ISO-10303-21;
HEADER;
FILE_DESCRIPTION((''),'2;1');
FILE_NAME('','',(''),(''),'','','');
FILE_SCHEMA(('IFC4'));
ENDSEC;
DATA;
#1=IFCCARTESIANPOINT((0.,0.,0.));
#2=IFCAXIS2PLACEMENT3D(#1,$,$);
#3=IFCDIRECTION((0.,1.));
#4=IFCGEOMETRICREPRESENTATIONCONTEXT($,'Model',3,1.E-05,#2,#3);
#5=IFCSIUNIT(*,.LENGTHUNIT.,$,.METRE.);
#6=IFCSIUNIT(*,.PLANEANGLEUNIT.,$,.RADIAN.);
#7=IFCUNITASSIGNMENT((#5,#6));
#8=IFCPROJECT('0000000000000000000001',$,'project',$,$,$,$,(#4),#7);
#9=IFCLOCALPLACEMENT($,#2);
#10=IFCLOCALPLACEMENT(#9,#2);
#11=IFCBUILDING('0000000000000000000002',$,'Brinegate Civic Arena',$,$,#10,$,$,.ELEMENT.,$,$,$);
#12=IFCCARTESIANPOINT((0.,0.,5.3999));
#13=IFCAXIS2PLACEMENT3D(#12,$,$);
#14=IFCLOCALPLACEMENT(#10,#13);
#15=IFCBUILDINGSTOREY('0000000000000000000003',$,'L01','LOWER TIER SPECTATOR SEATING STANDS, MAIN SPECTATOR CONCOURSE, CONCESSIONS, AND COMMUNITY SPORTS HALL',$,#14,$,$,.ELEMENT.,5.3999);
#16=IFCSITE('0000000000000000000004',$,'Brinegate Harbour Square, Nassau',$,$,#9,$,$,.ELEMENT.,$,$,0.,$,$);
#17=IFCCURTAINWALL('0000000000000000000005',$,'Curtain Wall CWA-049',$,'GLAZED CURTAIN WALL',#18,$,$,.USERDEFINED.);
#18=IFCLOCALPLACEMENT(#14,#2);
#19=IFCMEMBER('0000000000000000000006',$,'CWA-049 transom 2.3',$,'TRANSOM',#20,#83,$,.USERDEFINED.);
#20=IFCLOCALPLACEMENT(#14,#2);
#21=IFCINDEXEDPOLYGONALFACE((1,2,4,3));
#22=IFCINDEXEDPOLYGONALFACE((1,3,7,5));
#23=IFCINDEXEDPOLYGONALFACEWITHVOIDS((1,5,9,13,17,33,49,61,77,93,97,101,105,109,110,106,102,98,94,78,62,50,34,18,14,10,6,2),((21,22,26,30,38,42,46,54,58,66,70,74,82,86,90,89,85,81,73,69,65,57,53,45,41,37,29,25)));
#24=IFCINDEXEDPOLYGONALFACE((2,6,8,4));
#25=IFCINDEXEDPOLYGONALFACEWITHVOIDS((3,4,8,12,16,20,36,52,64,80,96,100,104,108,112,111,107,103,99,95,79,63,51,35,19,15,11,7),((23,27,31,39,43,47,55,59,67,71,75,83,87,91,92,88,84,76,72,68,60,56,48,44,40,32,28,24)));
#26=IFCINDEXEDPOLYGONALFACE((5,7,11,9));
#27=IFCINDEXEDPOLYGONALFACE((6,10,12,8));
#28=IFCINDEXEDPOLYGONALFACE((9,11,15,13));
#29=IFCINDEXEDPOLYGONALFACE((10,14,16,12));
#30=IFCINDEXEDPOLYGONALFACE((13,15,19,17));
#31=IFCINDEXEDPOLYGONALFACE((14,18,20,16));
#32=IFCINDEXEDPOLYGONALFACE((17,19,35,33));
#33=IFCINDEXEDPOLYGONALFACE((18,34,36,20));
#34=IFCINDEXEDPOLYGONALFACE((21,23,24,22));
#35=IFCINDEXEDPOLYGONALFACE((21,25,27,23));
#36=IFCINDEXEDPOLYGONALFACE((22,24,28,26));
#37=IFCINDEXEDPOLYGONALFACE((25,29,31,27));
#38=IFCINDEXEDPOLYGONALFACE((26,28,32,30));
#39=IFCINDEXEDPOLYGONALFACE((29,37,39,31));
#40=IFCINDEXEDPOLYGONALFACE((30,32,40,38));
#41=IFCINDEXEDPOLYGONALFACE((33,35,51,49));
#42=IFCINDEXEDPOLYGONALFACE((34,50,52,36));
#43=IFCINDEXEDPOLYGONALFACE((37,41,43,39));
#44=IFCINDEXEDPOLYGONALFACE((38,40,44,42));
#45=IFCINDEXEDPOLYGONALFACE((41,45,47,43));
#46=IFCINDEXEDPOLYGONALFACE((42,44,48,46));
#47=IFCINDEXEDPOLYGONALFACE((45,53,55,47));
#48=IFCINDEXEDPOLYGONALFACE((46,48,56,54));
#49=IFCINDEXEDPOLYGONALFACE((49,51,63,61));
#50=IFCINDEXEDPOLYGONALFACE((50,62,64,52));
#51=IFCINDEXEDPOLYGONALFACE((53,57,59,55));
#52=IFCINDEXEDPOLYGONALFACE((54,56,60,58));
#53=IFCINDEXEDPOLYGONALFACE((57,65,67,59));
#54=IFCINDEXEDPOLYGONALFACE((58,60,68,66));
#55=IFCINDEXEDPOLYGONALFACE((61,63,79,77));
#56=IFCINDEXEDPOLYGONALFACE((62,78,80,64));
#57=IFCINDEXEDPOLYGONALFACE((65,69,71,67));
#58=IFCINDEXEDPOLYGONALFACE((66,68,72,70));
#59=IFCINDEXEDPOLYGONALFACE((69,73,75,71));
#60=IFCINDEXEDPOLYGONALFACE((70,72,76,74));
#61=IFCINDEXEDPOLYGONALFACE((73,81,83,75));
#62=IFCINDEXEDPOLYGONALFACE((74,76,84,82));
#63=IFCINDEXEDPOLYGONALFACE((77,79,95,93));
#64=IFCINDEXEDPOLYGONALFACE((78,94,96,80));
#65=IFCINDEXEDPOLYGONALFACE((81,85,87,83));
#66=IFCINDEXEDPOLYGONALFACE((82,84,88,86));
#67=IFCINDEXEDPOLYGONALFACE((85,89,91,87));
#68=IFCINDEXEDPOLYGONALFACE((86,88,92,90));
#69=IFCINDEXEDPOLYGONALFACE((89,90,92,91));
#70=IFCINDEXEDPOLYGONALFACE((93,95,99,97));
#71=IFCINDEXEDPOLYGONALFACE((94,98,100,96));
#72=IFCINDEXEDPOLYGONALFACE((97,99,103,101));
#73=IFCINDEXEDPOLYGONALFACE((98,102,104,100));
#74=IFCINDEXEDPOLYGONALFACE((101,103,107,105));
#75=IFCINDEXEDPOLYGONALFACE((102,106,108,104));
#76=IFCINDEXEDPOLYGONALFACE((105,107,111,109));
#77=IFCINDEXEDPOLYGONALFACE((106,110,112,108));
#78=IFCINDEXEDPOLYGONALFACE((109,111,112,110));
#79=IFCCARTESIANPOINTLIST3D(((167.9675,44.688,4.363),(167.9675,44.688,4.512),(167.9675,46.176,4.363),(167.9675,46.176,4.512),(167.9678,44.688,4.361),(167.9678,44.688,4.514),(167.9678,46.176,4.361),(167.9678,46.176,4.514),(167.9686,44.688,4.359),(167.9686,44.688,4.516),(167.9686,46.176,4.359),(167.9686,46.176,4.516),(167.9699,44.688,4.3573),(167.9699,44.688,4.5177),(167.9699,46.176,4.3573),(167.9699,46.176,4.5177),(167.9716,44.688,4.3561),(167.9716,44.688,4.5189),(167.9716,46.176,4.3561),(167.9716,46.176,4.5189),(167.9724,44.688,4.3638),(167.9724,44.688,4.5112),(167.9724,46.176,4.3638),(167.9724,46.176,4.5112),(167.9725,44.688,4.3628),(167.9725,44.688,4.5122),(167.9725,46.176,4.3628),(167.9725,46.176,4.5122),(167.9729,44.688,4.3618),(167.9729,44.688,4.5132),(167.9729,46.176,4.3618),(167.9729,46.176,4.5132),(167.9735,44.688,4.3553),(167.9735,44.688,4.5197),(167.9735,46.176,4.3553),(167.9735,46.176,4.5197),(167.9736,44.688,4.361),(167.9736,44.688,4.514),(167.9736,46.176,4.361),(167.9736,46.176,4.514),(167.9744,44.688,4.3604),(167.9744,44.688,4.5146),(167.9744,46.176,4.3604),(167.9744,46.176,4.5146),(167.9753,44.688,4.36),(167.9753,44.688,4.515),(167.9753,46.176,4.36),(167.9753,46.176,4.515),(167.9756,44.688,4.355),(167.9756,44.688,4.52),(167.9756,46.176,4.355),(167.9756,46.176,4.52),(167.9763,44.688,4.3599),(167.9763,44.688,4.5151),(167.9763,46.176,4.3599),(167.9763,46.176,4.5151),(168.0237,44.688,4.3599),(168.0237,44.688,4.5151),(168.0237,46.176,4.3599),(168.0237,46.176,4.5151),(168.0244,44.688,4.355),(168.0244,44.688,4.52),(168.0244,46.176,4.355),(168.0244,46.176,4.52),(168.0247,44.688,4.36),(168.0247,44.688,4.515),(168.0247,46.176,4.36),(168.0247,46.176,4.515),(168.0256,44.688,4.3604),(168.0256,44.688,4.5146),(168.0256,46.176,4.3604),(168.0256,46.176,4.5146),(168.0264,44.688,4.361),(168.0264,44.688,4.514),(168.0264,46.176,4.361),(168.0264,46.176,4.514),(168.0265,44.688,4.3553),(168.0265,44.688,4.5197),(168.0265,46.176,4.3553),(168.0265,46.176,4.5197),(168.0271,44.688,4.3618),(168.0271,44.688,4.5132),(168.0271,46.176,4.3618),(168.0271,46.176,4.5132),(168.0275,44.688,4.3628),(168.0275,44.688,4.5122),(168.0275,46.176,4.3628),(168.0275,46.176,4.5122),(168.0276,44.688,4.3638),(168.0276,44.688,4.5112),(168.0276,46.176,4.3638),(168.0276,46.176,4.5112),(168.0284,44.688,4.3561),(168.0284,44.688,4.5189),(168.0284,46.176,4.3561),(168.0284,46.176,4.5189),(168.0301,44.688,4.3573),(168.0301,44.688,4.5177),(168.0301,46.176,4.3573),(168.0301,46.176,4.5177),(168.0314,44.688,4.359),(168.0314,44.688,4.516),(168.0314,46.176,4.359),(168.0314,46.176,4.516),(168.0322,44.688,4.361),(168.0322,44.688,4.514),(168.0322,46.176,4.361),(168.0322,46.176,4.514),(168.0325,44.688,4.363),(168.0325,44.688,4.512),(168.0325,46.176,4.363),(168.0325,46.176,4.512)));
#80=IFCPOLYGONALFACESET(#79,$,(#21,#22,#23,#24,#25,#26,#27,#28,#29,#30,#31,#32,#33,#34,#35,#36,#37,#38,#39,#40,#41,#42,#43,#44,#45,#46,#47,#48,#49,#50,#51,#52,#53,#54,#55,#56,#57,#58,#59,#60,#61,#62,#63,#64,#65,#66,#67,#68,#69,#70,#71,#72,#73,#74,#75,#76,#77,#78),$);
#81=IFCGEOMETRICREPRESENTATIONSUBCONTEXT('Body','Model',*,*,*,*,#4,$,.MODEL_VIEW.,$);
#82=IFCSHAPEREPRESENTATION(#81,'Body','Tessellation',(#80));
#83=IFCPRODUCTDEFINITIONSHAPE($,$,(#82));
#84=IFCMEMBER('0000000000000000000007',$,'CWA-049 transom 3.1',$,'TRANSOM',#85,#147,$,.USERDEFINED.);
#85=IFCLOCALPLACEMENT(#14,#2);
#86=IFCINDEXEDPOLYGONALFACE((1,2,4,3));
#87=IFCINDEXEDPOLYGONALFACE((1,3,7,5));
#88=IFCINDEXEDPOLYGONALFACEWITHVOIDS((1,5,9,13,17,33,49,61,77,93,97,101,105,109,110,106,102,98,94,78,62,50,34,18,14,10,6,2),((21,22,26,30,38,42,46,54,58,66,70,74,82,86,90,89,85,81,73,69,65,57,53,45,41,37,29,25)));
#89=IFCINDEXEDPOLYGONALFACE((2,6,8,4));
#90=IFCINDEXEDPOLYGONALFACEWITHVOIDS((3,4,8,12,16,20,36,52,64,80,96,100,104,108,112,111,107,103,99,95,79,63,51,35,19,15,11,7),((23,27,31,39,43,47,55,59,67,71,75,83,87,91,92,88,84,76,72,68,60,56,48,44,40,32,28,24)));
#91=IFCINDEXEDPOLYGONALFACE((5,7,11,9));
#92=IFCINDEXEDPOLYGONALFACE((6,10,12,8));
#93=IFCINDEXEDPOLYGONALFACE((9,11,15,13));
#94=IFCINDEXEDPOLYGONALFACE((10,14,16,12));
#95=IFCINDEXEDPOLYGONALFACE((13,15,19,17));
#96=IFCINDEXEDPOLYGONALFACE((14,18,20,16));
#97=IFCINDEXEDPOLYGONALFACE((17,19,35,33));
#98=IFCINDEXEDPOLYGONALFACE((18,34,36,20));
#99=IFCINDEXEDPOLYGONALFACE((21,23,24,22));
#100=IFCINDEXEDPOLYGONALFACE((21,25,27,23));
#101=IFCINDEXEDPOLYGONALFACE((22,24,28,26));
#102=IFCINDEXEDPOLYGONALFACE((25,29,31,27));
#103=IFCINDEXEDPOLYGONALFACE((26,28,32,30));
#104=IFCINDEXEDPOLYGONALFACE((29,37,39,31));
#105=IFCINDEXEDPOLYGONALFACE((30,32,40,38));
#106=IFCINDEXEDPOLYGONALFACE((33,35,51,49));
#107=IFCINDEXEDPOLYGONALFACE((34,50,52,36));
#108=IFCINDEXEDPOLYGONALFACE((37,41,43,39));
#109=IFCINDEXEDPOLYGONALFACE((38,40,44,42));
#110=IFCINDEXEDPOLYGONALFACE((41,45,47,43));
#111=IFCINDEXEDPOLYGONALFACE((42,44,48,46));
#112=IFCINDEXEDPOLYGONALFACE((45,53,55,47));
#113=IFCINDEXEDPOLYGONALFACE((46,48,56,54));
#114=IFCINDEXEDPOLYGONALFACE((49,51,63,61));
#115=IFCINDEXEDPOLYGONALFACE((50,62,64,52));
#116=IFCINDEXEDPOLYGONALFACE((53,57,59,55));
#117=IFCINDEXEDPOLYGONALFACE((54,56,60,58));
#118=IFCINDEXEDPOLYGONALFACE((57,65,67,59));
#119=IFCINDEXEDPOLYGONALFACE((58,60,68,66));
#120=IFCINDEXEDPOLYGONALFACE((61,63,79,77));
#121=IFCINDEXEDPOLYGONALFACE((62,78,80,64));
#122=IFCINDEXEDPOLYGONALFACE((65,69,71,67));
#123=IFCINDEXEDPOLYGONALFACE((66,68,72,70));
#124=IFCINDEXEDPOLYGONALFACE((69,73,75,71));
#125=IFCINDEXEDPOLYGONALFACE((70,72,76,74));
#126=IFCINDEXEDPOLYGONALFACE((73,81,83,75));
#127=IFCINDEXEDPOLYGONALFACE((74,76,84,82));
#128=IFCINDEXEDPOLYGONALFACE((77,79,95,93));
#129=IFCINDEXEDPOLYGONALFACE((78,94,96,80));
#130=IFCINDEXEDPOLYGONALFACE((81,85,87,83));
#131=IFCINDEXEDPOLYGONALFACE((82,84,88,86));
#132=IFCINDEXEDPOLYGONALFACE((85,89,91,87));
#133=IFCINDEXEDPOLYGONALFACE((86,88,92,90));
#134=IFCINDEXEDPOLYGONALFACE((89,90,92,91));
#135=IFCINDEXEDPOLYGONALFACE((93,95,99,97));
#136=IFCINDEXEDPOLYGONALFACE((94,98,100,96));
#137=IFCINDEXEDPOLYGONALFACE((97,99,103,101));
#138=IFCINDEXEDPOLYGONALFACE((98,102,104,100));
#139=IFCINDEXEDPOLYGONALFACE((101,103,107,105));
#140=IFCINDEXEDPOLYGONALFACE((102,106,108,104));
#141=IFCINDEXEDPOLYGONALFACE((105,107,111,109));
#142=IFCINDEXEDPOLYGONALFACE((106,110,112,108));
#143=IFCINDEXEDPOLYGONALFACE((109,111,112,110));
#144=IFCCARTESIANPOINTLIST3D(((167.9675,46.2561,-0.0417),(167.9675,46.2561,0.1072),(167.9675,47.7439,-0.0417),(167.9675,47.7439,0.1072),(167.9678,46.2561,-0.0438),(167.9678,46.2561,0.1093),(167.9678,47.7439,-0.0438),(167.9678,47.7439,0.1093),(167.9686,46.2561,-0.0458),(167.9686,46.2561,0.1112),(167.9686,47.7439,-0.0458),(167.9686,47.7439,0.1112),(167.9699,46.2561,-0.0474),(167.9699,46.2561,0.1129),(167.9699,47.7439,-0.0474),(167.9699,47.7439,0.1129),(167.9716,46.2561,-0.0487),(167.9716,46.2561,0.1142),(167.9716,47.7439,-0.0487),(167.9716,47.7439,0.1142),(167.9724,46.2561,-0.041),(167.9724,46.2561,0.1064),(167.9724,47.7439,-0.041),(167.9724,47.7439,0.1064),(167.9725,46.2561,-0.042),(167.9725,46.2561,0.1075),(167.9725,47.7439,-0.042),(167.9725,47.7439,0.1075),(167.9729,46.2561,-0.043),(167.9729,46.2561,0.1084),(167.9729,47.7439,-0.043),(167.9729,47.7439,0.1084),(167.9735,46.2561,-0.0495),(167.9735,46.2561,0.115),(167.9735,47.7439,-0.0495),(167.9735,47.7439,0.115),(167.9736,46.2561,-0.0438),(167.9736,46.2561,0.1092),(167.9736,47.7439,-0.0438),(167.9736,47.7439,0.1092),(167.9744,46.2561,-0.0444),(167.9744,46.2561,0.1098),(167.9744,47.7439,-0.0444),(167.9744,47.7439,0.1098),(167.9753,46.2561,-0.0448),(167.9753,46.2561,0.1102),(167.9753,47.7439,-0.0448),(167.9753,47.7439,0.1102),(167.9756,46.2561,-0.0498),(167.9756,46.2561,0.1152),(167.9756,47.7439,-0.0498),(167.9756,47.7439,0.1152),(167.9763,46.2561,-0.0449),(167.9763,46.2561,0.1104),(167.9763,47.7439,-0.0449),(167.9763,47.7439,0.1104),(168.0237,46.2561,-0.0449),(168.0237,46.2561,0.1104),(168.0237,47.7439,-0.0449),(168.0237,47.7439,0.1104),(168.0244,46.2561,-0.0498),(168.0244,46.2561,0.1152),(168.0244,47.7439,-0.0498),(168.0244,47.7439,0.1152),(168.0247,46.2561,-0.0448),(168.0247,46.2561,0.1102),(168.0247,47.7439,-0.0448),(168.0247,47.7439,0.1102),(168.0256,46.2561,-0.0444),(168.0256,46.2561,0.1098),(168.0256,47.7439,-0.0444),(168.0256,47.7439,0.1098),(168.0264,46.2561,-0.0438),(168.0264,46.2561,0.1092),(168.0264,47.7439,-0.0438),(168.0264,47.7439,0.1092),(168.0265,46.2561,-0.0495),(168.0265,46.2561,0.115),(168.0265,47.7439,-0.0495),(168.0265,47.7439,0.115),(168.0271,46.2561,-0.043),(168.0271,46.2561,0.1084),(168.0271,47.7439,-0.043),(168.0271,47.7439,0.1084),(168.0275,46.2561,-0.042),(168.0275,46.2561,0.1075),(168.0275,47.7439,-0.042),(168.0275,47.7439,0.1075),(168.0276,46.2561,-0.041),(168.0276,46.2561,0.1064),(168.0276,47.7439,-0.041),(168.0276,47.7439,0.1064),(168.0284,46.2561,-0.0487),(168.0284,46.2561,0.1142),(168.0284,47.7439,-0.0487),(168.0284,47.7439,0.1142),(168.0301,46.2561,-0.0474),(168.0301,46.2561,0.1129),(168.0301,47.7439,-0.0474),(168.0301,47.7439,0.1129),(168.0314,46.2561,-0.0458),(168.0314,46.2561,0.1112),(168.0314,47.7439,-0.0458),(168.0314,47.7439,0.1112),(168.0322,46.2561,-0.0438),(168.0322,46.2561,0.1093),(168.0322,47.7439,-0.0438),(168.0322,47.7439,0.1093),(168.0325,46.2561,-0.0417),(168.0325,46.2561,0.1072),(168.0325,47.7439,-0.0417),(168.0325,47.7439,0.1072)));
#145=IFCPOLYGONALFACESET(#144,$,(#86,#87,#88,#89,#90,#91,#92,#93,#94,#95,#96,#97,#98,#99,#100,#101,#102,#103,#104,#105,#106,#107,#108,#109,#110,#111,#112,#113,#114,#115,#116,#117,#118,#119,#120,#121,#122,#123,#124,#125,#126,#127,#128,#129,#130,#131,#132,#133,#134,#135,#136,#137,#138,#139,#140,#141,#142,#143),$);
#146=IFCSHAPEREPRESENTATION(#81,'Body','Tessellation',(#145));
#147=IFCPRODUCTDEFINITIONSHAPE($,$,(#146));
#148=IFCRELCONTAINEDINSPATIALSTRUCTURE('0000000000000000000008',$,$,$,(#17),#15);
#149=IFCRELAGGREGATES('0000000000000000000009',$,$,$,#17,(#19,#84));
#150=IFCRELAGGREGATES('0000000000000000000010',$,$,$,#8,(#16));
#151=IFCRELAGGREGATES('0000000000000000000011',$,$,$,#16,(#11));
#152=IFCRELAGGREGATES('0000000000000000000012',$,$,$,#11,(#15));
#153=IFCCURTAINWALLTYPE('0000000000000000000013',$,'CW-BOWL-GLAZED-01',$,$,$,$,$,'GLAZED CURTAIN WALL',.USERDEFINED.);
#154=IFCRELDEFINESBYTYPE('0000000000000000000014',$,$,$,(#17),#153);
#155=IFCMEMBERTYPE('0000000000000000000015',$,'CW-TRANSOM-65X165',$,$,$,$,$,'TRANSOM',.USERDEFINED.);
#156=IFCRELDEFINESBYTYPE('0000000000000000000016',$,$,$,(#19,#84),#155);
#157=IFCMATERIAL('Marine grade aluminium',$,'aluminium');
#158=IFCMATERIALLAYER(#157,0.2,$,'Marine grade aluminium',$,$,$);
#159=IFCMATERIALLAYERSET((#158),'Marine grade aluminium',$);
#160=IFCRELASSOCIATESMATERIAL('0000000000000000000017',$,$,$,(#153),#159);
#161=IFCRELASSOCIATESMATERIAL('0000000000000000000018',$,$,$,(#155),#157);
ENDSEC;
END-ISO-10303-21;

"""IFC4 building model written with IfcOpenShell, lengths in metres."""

from ifc_helpers import new_model, si_unit, direction, frame, origin, origin_2d, place, context, subcontext, project, spatial, hollow_rectangle, extrude, material, layer, layer_set, material_profile, profile_set, type_object, element, aggregate, save


model = new_model("IFC4")

# Units and contexts
model_context = context("Model", 3, precision=1e-05, world=origin(), true_north=direction((0.0, 1.0)))
body_context = subcontext(model_context, "Body", "Model", "MODEL_VIEW")
ifc_project = project(units=[si_unit("LENGTHUNIT", "METRE"), si_unit("PLANEANGLEUNIT", "RADIAN")], contexts=[model_context])

# Site, building, storey
site_placement = place(None, origin())
site = spatial("IfcSite", under=ifc_project, at=site_placement, Name="Brinegate Harbour Square, Nassau", CompositionType="ELEMENT", RefElevation=0.0)
building_placement = place(site_placement, origin())
building = spatial("IfcBuilding", under=site, at=building_placement, Name="Brinegate Civic Arena", CompositionType="ELEMENT")
storey_placement = place(building_placement, frame((0.0, 0.0, 5.3999)))
storey = spatial("IfcBuildingStorey", under=building, at=storey_placement, Name="L01", Description="LOWER TIER SPECTATOR SEATING STANDS, MAIN SPECTATOR CONCOURSE, CONCESSIONS, AND COMMUNITY SPORTS HALL", CompositionType="ELEMENT", Elevation=5.3999)

# Curtain wall, members
ifc_material_1 = material(Name="Marine grade aluminium", Category="aluminium")
ifc_layer_1 = layer(ifc_material_1, 0.2, Name="Marine grade aluminium")
ifc_layer_set_1 = layer_set([ifc_layer_1], Name="Marine grade aluminium")
curtain_wall_type = type_object("IfcCurtainWallType", Name="CW-BOWL-GLAZED-01", ElementType="GLAZED CURTAIN WALL", PredefinedType="USERDEFINED", material=ifc_layer_set_1)
curtain_wall_placement = place(storey_placement, origin())
curtain_wall = element("IfcCurtainWall", 1, at=curtain_wall_placement, inside=storey, type_object=curtain_wall_type, Name="Curtain Wall CWA-049", ObjectType="GLAZED CURTAIN WALL", PredefinedType="USERDEFINED")
ifc_material_profile_1 = material_profile(ifc_material_1, hollow_rectangle(XDim=0.0649, YDim=0.165, WallThickness=0.0049, InnerFilletRadius=0.0039, OuterFilletRadius=0.0081, at=origin_2d()), Name="TRN65X165")
ifc_profile_set_1 = profile_set([ifc_material_profile_1], Name="Marine grade aluminium")
member_type_1 = type_object("IfcMemberType", Name="CW-TRANSOM-65X165", ElementType="TRANSOM", PredefinedType="USERDEFINED", material=ifc_profile_set_1)
member_1_placement = place(storey_placement, frame((168.0, 44.688, 4.4375), z_axis=(0.0, 1.0, 0.0), x_axis=(-1.0, 0.0, 0.0)))
member_1 = element("IfcMember", 2, at=member_1_placement, type_object=member_type_1, Name="CWA-049 transom 2.3", ObjectType="TRANSOM", PredefinedType="USERDEFINED", context=body_context, shape_type="SweptSolid", body=[
    extrude(hollow_rectangle(XDim=0.0649, YDim=0.165, WallThickness=0.0049, InnerFilletRadius=0.0039, OuterFilletRadius=0.0081, at=origin_2d()), origin(), (0.0, 0.0, 1.0), 1.488),
])
member_2_placement = place(storey_placement, frame((168.0, 46.2561, 0.0327), z_axis=(0.0, 1.0, 0.0), x_axis=(-1.0, 0.0, 0.0)))
member_2 = element("IfcMember", 3, at=member_2_placement, type_object=member_type_1, Name="CWA-049 transom 3.1", ObjectType="TRANSOM", PredefinedType="USERDEFINED", context=body_context, shape_type="SweptSolid", body=[
    extrude(hollow_rectangle(XDim=0.0649, YDim=0.165, WallThickness=0.0049, InnerFilletRadius=0.0039, OuterFilletRadius=0.0081, at=origin_2d()), origin(), (0.0, 0.0, 1.0), 1.4878),
])
aggregate(curtain_wall, [member_1, member_2])

save(model, "model.ifc")
